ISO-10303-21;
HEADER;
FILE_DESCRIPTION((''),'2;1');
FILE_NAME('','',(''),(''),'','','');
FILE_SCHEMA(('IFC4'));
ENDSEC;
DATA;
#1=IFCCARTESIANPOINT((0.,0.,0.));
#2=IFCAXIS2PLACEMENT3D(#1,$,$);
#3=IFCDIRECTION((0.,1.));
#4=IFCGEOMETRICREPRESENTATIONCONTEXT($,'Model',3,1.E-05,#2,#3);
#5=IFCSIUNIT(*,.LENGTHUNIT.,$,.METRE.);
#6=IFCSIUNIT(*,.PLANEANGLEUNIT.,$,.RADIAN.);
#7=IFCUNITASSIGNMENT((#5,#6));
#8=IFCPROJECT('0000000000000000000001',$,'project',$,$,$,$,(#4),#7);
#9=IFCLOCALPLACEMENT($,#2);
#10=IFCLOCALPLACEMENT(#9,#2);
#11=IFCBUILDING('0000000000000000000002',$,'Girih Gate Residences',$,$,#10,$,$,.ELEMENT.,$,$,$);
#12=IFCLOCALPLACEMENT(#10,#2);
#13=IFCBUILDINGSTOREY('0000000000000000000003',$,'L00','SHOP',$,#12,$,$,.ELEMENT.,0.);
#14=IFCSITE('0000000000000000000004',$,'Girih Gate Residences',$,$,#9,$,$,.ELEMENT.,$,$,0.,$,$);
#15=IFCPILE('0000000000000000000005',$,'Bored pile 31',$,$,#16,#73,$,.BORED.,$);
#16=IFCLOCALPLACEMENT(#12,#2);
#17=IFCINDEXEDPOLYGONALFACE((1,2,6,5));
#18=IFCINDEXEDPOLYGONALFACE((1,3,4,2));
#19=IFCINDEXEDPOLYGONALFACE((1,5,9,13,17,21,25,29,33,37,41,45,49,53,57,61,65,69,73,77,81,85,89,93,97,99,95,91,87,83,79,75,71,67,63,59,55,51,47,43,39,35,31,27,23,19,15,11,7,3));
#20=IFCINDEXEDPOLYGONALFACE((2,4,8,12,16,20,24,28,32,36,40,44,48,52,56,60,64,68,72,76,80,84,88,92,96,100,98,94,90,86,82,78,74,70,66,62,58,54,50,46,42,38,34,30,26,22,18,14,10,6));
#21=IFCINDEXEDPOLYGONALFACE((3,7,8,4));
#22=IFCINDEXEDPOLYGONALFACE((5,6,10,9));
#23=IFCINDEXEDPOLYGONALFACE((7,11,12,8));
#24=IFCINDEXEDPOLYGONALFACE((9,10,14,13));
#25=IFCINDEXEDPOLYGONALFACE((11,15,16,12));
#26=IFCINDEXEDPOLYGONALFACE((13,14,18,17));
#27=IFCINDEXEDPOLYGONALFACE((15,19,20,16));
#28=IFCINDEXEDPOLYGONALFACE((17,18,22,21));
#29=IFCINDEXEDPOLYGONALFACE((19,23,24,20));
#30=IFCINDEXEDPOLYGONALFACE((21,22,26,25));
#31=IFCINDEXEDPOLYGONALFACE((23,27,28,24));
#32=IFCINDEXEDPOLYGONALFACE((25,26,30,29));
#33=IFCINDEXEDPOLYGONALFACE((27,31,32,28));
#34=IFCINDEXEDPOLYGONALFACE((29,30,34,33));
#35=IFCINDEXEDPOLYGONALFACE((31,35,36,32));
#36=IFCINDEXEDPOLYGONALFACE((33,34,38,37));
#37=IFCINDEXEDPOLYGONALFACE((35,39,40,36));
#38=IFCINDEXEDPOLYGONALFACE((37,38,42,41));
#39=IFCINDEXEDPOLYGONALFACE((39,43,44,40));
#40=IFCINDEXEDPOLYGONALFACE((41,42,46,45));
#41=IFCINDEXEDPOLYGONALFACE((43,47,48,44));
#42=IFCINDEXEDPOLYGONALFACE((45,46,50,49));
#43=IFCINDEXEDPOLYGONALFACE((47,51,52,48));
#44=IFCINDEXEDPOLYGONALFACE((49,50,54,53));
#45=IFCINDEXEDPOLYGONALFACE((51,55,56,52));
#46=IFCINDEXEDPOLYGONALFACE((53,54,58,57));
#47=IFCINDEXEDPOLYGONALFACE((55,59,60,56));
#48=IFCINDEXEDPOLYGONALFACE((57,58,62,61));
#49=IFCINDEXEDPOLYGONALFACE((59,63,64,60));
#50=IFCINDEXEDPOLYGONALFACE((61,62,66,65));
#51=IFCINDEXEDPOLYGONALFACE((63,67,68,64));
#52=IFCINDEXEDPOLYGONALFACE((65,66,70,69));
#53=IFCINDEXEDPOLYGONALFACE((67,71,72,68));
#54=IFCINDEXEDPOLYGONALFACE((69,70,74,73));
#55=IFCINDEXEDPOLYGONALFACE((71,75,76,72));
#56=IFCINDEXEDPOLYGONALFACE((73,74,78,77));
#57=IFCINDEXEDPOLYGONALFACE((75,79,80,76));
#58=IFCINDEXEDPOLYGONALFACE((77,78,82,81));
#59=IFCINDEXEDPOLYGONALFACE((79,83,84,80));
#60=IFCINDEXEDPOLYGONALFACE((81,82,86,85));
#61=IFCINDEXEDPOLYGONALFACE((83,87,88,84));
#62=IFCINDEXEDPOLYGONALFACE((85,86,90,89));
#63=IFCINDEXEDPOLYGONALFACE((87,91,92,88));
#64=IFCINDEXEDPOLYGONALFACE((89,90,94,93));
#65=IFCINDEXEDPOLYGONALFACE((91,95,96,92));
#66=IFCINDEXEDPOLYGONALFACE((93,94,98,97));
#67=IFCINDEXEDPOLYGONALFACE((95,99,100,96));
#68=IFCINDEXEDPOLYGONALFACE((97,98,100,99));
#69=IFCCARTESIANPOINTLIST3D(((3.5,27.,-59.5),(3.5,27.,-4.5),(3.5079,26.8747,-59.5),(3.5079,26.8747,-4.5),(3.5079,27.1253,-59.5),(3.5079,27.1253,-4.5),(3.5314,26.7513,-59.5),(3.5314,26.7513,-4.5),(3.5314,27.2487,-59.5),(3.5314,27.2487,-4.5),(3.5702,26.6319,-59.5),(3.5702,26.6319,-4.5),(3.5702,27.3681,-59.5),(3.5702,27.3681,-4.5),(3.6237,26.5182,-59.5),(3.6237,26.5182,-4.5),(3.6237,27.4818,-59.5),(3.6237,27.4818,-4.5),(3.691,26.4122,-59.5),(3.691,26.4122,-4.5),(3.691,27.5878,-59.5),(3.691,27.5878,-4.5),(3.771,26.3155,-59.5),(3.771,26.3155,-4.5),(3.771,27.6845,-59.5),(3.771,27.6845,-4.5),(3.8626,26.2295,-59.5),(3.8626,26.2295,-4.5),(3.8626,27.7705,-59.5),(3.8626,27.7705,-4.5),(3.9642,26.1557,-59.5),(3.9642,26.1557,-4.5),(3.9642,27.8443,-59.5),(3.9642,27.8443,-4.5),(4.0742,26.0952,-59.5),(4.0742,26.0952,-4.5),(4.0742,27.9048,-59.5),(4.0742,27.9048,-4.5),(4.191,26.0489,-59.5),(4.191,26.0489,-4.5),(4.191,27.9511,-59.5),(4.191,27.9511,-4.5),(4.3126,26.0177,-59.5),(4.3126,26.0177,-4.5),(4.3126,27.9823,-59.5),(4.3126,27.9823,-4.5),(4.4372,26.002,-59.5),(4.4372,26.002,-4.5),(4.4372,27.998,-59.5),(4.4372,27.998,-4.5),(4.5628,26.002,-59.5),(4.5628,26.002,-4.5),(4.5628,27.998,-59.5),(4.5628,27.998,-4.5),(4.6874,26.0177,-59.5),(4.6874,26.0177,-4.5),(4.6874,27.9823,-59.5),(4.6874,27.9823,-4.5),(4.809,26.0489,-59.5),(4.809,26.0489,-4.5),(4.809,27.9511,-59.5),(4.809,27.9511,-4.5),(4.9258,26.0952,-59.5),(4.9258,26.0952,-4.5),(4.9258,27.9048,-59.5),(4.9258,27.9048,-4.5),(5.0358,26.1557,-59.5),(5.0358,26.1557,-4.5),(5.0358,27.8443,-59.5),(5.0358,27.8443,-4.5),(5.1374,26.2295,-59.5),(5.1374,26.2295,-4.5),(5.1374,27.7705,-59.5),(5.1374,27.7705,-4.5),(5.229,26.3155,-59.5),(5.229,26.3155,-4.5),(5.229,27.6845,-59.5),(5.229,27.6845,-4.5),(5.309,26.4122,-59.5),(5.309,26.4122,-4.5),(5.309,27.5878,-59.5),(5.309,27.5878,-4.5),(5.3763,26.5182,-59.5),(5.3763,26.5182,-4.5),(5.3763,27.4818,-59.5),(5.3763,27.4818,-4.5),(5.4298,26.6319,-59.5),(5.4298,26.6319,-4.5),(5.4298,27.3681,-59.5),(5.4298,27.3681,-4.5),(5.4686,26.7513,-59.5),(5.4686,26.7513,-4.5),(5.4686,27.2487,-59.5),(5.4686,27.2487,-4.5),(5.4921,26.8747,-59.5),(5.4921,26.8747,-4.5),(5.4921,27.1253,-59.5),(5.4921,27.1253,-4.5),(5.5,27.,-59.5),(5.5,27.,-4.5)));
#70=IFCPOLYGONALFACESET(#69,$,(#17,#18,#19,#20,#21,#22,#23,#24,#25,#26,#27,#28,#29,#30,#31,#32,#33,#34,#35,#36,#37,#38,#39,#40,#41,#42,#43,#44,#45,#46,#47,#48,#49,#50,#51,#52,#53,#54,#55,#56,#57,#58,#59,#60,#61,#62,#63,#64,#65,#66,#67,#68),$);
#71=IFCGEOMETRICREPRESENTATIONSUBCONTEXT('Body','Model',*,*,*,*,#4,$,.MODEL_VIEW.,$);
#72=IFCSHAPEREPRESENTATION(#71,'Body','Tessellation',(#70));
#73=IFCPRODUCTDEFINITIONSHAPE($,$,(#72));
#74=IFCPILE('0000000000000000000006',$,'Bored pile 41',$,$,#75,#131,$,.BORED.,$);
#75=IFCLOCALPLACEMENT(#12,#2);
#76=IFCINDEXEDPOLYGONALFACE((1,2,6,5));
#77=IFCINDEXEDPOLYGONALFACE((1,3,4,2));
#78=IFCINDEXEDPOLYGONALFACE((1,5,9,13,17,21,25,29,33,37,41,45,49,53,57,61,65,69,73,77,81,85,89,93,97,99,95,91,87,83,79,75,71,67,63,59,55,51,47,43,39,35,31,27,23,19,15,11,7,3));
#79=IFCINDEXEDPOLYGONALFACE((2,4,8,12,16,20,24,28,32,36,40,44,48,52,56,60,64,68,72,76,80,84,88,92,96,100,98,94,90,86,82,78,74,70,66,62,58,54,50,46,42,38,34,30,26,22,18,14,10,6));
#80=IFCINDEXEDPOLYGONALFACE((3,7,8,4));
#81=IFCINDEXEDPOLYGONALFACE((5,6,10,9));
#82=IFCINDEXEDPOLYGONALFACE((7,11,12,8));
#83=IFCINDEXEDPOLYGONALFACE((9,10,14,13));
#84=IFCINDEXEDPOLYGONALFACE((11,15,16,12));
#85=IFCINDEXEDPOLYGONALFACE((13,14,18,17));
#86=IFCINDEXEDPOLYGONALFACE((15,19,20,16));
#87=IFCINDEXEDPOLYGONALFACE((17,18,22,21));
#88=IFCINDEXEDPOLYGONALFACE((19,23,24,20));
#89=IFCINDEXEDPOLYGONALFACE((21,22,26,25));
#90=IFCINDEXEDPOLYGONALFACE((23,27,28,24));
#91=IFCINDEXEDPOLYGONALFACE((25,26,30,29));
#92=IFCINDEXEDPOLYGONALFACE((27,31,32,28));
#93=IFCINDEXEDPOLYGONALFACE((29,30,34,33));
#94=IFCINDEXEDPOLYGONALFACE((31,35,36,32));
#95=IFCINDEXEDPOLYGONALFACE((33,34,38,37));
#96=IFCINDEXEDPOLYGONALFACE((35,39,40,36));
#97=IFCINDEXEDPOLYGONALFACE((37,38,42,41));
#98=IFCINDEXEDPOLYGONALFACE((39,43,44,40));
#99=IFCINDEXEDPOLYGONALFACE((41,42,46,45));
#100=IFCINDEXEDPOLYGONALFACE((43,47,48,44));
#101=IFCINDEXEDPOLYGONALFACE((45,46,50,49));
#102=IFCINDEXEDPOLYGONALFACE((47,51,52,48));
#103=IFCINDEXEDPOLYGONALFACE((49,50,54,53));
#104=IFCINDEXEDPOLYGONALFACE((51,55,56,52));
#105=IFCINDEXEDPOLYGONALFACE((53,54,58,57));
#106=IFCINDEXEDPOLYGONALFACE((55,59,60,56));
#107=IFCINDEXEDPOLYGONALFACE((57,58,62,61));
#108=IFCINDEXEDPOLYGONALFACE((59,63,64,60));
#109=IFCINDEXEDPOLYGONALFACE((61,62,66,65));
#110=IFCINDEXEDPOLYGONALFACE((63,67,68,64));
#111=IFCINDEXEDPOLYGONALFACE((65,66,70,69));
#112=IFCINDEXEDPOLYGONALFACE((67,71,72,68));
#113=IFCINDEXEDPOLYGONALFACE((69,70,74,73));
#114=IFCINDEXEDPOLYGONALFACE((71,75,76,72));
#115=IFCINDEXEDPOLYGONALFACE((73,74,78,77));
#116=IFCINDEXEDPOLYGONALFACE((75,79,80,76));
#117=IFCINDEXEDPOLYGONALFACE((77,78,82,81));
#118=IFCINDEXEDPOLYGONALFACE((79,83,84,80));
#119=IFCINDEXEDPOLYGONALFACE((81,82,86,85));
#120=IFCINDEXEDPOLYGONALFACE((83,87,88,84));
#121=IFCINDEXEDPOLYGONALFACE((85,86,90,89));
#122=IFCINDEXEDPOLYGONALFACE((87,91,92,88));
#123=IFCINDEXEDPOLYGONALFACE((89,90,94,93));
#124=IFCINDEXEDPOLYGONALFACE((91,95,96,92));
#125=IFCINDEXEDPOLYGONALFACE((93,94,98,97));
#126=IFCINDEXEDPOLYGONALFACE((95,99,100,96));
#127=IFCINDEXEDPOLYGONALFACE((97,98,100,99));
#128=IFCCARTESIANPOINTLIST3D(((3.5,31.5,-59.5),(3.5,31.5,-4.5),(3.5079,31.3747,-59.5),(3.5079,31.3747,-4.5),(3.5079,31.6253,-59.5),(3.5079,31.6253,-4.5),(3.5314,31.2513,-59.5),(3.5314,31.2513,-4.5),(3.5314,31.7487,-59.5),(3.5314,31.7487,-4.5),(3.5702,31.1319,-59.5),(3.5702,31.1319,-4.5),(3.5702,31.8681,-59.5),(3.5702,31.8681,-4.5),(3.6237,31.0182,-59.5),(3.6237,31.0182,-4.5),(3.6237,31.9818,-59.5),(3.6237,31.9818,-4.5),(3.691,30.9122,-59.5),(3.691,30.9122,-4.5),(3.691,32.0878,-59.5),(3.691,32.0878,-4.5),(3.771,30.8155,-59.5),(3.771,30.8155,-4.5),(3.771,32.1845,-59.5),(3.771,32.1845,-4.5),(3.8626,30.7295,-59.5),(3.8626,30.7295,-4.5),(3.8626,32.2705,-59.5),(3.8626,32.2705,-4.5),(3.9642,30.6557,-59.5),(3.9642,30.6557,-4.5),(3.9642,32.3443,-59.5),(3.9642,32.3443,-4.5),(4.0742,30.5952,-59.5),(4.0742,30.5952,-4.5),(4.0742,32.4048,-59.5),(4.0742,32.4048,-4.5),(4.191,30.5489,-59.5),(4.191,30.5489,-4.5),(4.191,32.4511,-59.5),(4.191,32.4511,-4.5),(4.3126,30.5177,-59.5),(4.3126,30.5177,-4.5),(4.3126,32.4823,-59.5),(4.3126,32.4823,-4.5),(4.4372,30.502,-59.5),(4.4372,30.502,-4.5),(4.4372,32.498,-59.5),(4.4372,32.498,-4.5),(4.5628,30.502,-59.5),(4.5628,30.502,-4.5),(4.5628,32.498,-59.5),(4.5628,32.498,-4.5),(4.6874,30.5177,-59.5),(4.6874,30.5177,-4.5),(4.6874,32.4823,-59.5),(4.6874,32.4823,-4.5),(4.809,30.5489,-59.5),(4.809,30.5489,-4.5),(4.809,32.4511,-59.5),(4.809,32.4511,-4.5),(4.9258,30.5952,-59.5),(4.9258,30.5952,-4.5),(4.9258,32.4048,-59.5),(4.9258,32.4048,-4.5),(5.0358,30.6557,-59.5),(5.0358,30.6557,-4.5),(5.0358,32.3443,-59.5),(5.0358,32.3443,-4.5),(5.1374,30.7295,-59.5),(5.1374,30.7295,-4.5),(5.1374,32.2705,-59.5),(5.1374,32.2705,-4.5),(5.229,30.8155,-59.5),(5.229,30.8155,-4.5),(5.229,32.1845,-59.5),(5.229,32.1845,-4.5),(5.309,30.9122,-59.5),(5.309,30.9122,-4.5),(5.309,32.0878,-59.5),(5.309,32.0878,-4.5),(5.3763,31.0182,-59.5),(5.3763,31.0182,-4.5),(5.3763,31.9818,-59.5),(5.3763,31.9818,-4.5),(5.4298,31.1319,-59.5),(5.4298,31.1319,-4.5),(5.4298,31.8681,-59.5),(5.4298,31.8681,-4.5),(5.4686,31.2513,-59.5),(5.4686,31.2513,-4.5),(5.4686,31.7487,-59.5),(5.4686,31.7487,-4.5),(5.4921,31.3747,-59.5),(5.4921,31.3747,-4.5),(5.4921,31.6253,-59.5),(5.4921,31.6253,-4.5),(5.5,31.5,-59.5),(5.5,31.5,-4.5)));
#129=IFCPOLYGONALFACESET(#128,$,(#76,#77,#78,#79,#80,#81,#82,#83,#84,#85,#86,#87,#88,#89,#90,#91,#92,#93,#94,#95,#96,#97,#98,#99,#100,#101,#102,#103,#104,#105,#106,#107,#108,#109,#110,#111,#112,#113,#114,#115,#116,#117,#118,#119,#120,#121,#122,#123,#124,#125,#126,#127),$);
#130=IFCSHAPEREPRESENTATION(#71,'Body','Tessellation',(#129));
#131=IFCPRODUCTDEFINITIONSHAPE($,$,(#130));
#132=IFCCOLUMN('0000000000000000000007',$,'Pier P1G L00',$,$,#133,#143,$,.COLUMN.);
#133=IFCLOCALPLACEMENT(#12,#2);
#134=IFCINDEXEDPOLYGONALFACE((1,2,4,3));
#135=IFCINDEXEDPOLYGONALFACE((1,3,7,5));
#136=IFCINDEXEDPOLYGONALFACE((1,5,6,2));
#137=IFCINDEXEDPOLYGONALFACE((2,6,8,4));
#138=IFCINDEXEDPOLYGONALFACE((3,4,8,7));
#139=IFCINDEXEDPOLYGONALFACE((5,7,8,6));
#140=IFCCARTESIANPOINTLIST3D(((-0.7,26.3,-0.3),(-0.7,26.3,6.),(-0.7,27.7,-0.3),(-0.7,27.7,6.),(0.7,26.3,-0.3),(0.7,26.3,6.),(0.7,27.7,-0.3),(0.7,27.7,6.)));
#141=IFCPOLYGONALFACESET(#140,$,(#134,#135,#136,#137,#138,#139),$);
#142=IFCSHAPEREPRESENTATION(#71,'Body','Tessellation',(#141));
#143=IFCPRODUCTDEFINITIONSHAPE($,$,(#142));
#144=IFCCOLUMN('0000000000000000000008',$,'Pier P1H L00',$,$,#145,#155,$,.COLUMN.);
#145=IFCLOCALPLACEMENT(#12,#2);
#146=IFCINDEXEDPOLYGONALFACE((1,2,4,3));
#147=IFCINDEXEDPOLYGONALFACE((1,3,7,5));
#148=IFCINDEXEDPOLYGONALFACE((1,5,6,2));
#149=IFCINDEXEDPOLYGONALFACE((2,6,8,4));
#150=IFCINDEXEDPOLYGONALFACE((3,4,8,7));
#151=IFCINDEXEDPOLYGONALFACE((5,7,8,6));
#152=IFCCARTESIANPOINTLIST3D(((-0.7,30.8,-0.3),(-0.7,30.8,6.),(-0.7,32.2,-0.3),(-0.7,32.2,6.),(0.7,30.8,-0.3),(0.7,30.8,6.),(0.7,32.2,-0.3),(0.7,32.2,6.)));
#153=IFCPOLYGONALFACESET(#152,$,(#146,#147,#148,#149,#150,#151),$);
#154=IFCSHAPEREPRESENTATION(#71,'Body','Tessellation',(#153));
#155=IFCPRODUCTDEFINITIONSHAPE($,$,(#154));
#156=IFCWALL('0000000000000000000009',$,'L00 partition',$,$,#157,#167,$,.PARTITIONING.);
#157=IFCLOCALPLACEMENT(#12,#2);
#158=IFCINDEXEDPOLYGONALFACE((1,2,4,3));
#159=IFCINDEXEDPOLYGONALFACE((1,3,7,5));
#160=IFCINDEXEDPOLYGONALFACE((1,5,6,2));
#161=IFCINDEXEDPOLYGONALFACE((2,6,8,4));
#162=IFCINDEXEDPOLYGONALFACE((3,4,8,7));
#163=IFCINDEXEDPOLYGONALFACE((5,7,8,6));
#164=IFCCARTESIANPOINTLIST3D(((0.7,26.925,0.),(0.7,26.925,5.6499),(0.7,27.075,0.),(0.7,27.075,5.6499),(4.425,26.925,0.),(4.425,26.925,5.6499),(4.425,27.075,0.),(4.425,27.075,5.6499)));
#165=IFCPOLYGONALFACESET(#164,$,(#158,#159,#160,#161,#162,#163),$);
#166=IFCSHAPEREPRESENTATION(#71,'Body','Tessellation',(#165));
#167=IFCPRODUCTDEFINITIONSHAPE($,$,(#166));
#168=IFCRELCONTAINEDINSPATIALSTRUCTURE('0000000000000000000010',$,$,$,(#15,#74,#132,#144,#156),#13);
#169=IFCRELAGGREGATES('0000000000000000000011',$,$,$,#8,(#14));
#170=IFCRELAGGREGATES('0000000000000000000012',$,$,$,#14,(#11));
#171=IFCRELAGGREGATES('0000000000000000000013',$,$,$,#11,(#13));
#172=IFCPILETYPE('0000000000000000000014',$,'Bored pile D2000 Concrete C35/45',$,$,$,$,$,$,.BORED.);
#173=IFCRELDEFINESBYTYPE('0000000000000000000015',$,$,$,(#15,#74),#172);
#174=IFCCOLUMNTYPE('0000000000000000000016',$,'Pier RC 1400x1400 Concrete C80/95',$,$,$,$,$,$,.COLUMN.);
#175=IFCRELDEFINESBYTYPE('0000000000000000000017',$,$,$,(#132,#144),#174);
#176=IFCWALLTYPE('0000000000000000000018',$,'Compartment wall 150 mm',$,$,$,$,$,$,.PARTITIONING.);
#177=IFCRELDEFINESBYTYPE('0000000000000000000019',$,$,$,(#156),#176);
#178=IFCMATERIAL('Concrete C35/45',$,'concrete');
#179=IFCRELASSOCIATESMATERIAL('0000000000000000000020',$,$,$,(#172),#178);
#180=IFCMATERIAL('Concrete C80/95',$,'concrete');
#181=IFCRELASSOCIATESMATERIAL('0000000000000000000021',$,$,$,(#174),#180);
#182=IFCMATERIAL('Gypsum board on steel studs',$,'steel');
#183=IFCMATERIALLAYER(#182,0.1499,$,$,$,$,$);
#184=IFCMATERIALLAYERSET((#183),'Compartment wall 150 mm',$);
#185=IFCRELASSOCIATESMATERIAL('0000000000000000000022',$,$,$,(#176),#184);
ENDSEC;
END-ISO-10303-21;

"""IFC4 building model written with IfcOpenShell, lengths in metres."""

from ifc_helpers import new_model, si_unit, direction, frame, frame_2d, origin, origin_2d, place, context, subcontext, project, spatial, rectangle, circle, extrude, material, layer, layer_set, material_profile, profile_set, type_object, element, save


model = new_model("IFC4")

# Units and contexts
model_context = context("Model", 3, precision=1e-05, world=origin(), true_north=direction((0.0, 1.0)))
body_context = subcontext(model_context, "Body", "Model", "MODEL_VIEW")
ifc_project = project(units=[si_unit("LENGTHUNIT", "METRE"), si_unit("PLANEANGLEUNIT", "RADIAN")], contexts=[model_context])

# Site, building, storey
site_placement = place(None, origin())
site = spatial("IfcSite", under=ifc_project, at=site_placement, Name="Girih Gate Residences", CompositionType="ELEMENT", RefElevation=0.0)
building_placement = place(site_placement, origin())
building = spatial("IfcBuilding", under=site, at=building_placement, Name="Girih Gate Residences", CompositionType="ELEMENT")
storey_placement = place(building_placement, origin())
storey = spatial("IfcBuildingStorey", under=building, at=storey_placement, Name="L00", Description="SHOP", CompositionType="ELEMENT", Elevation=0.0)

# Piles
ifc_material_1 = material(Name="Concrete C35/45", Category="concrete")
ifc_material_profile_1 = material_profile(ifc_material_1, circle(Radius=1.0, at=origin_2d()))
ifc_profile_set_1 = profile_set([ifc_material_profile_1], Name="Concrete C35/45")
pile_type_1 = type_object("IfcPileType", Name="Bored pile D2000 Concrete C35/45", PredefinedType="BORED", material=ifc_profile_set_1)
for number, where, z_axis, x_axis, name in (
    (1, (4.5, 27.0, -4.5), (0.0, 0.0, -1.0), (1.0, 0.0, 0.0), "Bored pile 31"),
    (2, (4.5, 31.5, -4.5), (0.0, 0.0, -1.0), (1.0, 0.0, 0.0), "Bored pile 41"),
):
    element("IfcPile", number, at=place(storey_placement, frame(where, z_axis=z_axis, x_axis=x_axis)), inside=storey, type_object=pile_type_1, Name=name, PredefinedType="BORED", context=body_context, shape_type="SweptSolid", body=[
        extrude(circle(Radius=1.0, at=origin_2d()), origin(), (0.0, 0.0, 1.0), 55.0),
    ])

# Columns
ifc_material_2 = material(Name="Concrete C80/95", Category="concrete")
ifc_material_profile_2 = material_profile(ifc_material_2, rectangle(XDim=1.3999, YDim=1.3999, at=origin_2d()))
ifc_profile_set_2 = profile_set([ifc_material_profile_2], Name="Concrete C80/95")
column_type = type_object("IfcColumnType", Name="Pier RC 1400x1400 Concrete C80/95", PredefinedType="COLUMN", material=ifc_profile_set_2)
for number, where, z_axis, x_axis, name in (
    (3, (0.0, 27.0, -0.3), (0.0, 0.0, 1.0), (1.0, 0.0, 0.0), "Pier P1G L00"),
    (4, (0.0, 31.5, -0.3), (0.0, 0.0, 1.0), (1.0, 0.0, 0.0), "Pier P1H L00"),
):
    element("IfcColumn", number, at=place(storey_placement, frame(where, z_axis=z_axis, x_axis=x_axis)), inside=storey, type_object=column_type, Name=name, PredefinedType="COLUMN", context=body_context, shape_type="SweptSolid", body=[
        extrude(rectangle(XDim=1.3999, YDim=1.3999, at=origin_2d()), origin(), (0.0, 0.0, 1.0), 6.3),
    ])

# Wall
ifc_material_3 = material(Name="Gypsum board on steel studs", Category="steel")
ifc_layer_1 = layer(ifc_material_3, 0.1499)
ifc_layer_set_1 = layer_set([ifc_layer_1], Name="Compartment wall 150 mm")
wall_type_1 = type_object("IfcWallType", Name="Compartment wall 150 mm", PredefinedType="PARTITIONING", material=ifc_layer_set_1)
wall_1_placement = place(storey_placement, frame((0.7, 27.0, 0.0), z_axis=(0.0, 0.0, 1.0), x_axis=(1.0, 0.0, 0.0)))
element("IfcWall", 5, at=wall_1_placement, inside=storey, type_object=wall_type_1, Name="L00 partition", PredefinedType="PARTITIONING", context=body_context, shape_type="SweptSolid", body=[
    extrude(rectangle(XDim=3.7251, YDim=0.1499, at=frame_2d((1.8625, 0.0))), origin(), (0.0, 0.0, 1.0), 5.6499),
])

save(model, "model.ifc")
